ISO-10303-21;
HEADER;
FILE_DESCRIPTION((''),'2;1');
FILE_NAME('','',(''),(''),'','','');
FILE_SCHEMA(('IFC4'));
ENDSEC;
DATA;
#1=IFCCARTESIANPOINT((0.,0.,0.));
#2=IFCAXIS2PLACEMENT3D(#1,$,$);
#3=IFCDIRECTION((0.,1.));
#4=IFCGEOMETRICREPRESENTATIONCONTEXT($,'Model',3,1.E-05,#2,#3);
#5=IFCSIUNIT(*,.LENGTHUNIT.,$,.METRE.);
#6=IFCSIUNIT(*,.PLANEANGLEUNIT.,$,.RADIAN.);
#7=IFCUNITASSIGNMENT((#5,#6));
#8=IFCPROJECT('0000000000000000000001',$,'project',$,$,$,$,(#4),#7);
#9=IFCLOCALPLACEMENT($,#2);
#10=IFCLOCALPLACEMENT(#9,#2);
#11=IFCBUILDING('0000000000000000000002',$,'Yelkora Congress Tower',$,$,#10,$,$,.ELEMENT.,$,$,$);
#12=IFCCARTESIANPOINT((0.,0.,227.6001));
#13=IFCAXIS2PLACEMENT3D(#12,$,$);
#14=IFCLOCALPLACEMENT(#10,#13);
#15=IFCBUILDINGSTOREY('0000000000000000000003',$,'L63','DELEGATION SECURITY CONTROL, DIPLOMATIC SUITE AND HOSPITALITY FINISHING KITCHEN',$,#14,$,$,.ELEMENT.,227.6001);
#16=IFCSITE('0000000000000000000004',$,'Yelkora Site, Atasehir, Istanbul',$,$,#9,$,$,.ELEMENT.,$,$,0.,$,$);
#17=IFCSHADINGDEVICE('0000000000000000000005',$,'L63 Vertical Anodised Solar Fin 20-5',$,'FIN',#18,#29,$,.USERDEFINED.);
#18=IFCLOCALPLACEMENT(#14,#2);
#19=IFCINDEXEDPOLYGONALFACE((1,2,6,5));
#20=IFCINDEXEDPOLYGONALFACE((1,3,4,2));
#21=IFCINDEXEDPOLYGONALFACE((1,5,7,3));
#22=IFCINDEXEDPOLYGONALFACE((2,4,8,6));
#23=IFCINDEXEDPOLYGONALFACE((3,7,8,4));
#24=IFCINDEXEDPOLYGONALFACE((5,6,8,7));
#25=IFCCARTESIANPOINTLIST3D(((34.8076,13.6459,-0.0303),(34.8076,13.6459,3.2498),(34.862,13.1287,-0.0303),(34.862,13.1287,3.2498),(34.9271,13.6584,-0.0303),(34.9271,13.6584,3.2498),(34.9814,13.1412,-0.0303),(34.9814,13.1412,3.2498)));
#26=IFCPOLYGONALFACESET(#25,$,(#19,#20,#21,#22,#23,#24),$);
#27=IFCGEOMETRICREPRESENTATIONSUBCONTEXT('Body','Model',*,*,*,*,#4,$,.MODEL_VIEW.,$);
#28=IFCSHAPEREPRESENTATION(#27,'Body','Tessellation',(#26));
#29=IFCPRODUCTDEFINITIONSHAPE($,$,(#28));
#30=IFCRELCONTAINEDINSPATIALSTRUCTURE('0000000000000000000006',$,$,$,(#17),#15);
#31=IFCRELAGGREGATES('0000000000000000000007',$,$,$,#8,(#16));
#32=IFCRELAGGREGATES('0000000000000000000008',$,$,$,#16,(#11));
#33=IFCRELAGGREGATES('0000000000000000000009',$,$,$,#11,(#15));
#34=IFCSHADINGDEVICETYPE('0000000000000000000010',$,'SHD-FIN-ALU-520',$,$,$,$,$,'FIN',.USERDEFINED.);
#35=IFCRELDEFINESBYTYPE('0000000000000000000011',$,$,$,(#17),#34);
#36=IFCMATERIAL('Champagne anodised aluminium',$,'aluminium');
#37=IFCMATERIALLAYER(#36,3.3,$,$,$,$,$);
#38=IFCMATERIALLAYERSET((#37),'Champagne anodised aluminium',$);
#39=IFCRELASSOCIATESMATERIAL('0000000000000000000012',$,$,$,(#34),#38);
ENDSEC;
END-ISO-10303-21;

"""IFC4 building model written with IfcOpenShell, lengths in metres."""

from ifc_helpers import new_model, si_unit, direction, frame, origin, origin_2d, place, context, subcontext, project, spatial, rectangle, extrude, material, layer, layer_set, type_object, element, save


model = new_model("IFC4")

# Units and contexts
model_context = context("Model", 3, precision=1e-05, world=origin(), true_north=direction((0.0, 1.0)))
body_context = subcontext(model_context, "Body", "Model", "MODEL_VIEW")
ifc_project = project(units=[si_unit("LENGTHUNIT", "METRE"), si_unit("PLANEANGLEUNIT", "RADIAN")], contexts=[model_context])

# Site, building, storey
site_placement = place(None, origin())
site = spatial("IfcSite", under=ifc_project, at=site_placement, Name="Yelkora Site, Atasehir, Istanbul", CompositionType="ELEMENT", RefElevation=0.0)
building_placement = place(site_placement, origin())
building = spatial("IfcBuilding", under=site, at=building_placement, Name="Yelkora Congress Tower", CompositionType="ELEMENT")
storey_placement = place(building_placement, frame((0.0, 0.0, 227.6001)))
storey = spatial("IfcBuildingStorey", under=building, at=storey_placement, Name="L63", Description="DELEGATION SECURITY CONTROL, DIPLOMATIC SUITE AND HOSPITALITY FINISHING KITCHEN", CompositionType="ELEMENT", Elevation=227.6001)

# Shading device
ifc_material_1 = material(Name="Champagne anodised aluminium", Category="aluminium")
ifc_layer_1 = layer(ifc_material_1, 3.3)
ifc_layer_set_1 = layer_set([ifc_layer_1], Name="Champagne anodised aluminium")
shading_device_type = type_object("IfcShadingDeviceType", Name="SHD-FIN-ALU-520", ElementType="FIN", PredefinedType="USERDEFINED", material=ifc_layer_set_1)
shading_device_placement = place(storey_placement, frame((34.8945, 13.3936, -0.0303), z_axis=(0.0, 0.0, 1.0), x_axis=(-0.994522, -0.104528, 0.0)))
element("IfcShadingDevice", 1, at=shading_device_placement, inside=storey, type_object=shading_device_type, Name="L63 Vertical Anodised Solar Fin 20-5", ObjectType="FIN", PredefinedType="USERDEFINED", context=body_context, shape_type="SweptSolid", body=[
    extrude(rectangle(XDim=0.1201, YDim=0.52, at=origin_2d()), origin(), (0.0, 0.0, 1.0), 3.28),
])

save(model, "model.ifc")
